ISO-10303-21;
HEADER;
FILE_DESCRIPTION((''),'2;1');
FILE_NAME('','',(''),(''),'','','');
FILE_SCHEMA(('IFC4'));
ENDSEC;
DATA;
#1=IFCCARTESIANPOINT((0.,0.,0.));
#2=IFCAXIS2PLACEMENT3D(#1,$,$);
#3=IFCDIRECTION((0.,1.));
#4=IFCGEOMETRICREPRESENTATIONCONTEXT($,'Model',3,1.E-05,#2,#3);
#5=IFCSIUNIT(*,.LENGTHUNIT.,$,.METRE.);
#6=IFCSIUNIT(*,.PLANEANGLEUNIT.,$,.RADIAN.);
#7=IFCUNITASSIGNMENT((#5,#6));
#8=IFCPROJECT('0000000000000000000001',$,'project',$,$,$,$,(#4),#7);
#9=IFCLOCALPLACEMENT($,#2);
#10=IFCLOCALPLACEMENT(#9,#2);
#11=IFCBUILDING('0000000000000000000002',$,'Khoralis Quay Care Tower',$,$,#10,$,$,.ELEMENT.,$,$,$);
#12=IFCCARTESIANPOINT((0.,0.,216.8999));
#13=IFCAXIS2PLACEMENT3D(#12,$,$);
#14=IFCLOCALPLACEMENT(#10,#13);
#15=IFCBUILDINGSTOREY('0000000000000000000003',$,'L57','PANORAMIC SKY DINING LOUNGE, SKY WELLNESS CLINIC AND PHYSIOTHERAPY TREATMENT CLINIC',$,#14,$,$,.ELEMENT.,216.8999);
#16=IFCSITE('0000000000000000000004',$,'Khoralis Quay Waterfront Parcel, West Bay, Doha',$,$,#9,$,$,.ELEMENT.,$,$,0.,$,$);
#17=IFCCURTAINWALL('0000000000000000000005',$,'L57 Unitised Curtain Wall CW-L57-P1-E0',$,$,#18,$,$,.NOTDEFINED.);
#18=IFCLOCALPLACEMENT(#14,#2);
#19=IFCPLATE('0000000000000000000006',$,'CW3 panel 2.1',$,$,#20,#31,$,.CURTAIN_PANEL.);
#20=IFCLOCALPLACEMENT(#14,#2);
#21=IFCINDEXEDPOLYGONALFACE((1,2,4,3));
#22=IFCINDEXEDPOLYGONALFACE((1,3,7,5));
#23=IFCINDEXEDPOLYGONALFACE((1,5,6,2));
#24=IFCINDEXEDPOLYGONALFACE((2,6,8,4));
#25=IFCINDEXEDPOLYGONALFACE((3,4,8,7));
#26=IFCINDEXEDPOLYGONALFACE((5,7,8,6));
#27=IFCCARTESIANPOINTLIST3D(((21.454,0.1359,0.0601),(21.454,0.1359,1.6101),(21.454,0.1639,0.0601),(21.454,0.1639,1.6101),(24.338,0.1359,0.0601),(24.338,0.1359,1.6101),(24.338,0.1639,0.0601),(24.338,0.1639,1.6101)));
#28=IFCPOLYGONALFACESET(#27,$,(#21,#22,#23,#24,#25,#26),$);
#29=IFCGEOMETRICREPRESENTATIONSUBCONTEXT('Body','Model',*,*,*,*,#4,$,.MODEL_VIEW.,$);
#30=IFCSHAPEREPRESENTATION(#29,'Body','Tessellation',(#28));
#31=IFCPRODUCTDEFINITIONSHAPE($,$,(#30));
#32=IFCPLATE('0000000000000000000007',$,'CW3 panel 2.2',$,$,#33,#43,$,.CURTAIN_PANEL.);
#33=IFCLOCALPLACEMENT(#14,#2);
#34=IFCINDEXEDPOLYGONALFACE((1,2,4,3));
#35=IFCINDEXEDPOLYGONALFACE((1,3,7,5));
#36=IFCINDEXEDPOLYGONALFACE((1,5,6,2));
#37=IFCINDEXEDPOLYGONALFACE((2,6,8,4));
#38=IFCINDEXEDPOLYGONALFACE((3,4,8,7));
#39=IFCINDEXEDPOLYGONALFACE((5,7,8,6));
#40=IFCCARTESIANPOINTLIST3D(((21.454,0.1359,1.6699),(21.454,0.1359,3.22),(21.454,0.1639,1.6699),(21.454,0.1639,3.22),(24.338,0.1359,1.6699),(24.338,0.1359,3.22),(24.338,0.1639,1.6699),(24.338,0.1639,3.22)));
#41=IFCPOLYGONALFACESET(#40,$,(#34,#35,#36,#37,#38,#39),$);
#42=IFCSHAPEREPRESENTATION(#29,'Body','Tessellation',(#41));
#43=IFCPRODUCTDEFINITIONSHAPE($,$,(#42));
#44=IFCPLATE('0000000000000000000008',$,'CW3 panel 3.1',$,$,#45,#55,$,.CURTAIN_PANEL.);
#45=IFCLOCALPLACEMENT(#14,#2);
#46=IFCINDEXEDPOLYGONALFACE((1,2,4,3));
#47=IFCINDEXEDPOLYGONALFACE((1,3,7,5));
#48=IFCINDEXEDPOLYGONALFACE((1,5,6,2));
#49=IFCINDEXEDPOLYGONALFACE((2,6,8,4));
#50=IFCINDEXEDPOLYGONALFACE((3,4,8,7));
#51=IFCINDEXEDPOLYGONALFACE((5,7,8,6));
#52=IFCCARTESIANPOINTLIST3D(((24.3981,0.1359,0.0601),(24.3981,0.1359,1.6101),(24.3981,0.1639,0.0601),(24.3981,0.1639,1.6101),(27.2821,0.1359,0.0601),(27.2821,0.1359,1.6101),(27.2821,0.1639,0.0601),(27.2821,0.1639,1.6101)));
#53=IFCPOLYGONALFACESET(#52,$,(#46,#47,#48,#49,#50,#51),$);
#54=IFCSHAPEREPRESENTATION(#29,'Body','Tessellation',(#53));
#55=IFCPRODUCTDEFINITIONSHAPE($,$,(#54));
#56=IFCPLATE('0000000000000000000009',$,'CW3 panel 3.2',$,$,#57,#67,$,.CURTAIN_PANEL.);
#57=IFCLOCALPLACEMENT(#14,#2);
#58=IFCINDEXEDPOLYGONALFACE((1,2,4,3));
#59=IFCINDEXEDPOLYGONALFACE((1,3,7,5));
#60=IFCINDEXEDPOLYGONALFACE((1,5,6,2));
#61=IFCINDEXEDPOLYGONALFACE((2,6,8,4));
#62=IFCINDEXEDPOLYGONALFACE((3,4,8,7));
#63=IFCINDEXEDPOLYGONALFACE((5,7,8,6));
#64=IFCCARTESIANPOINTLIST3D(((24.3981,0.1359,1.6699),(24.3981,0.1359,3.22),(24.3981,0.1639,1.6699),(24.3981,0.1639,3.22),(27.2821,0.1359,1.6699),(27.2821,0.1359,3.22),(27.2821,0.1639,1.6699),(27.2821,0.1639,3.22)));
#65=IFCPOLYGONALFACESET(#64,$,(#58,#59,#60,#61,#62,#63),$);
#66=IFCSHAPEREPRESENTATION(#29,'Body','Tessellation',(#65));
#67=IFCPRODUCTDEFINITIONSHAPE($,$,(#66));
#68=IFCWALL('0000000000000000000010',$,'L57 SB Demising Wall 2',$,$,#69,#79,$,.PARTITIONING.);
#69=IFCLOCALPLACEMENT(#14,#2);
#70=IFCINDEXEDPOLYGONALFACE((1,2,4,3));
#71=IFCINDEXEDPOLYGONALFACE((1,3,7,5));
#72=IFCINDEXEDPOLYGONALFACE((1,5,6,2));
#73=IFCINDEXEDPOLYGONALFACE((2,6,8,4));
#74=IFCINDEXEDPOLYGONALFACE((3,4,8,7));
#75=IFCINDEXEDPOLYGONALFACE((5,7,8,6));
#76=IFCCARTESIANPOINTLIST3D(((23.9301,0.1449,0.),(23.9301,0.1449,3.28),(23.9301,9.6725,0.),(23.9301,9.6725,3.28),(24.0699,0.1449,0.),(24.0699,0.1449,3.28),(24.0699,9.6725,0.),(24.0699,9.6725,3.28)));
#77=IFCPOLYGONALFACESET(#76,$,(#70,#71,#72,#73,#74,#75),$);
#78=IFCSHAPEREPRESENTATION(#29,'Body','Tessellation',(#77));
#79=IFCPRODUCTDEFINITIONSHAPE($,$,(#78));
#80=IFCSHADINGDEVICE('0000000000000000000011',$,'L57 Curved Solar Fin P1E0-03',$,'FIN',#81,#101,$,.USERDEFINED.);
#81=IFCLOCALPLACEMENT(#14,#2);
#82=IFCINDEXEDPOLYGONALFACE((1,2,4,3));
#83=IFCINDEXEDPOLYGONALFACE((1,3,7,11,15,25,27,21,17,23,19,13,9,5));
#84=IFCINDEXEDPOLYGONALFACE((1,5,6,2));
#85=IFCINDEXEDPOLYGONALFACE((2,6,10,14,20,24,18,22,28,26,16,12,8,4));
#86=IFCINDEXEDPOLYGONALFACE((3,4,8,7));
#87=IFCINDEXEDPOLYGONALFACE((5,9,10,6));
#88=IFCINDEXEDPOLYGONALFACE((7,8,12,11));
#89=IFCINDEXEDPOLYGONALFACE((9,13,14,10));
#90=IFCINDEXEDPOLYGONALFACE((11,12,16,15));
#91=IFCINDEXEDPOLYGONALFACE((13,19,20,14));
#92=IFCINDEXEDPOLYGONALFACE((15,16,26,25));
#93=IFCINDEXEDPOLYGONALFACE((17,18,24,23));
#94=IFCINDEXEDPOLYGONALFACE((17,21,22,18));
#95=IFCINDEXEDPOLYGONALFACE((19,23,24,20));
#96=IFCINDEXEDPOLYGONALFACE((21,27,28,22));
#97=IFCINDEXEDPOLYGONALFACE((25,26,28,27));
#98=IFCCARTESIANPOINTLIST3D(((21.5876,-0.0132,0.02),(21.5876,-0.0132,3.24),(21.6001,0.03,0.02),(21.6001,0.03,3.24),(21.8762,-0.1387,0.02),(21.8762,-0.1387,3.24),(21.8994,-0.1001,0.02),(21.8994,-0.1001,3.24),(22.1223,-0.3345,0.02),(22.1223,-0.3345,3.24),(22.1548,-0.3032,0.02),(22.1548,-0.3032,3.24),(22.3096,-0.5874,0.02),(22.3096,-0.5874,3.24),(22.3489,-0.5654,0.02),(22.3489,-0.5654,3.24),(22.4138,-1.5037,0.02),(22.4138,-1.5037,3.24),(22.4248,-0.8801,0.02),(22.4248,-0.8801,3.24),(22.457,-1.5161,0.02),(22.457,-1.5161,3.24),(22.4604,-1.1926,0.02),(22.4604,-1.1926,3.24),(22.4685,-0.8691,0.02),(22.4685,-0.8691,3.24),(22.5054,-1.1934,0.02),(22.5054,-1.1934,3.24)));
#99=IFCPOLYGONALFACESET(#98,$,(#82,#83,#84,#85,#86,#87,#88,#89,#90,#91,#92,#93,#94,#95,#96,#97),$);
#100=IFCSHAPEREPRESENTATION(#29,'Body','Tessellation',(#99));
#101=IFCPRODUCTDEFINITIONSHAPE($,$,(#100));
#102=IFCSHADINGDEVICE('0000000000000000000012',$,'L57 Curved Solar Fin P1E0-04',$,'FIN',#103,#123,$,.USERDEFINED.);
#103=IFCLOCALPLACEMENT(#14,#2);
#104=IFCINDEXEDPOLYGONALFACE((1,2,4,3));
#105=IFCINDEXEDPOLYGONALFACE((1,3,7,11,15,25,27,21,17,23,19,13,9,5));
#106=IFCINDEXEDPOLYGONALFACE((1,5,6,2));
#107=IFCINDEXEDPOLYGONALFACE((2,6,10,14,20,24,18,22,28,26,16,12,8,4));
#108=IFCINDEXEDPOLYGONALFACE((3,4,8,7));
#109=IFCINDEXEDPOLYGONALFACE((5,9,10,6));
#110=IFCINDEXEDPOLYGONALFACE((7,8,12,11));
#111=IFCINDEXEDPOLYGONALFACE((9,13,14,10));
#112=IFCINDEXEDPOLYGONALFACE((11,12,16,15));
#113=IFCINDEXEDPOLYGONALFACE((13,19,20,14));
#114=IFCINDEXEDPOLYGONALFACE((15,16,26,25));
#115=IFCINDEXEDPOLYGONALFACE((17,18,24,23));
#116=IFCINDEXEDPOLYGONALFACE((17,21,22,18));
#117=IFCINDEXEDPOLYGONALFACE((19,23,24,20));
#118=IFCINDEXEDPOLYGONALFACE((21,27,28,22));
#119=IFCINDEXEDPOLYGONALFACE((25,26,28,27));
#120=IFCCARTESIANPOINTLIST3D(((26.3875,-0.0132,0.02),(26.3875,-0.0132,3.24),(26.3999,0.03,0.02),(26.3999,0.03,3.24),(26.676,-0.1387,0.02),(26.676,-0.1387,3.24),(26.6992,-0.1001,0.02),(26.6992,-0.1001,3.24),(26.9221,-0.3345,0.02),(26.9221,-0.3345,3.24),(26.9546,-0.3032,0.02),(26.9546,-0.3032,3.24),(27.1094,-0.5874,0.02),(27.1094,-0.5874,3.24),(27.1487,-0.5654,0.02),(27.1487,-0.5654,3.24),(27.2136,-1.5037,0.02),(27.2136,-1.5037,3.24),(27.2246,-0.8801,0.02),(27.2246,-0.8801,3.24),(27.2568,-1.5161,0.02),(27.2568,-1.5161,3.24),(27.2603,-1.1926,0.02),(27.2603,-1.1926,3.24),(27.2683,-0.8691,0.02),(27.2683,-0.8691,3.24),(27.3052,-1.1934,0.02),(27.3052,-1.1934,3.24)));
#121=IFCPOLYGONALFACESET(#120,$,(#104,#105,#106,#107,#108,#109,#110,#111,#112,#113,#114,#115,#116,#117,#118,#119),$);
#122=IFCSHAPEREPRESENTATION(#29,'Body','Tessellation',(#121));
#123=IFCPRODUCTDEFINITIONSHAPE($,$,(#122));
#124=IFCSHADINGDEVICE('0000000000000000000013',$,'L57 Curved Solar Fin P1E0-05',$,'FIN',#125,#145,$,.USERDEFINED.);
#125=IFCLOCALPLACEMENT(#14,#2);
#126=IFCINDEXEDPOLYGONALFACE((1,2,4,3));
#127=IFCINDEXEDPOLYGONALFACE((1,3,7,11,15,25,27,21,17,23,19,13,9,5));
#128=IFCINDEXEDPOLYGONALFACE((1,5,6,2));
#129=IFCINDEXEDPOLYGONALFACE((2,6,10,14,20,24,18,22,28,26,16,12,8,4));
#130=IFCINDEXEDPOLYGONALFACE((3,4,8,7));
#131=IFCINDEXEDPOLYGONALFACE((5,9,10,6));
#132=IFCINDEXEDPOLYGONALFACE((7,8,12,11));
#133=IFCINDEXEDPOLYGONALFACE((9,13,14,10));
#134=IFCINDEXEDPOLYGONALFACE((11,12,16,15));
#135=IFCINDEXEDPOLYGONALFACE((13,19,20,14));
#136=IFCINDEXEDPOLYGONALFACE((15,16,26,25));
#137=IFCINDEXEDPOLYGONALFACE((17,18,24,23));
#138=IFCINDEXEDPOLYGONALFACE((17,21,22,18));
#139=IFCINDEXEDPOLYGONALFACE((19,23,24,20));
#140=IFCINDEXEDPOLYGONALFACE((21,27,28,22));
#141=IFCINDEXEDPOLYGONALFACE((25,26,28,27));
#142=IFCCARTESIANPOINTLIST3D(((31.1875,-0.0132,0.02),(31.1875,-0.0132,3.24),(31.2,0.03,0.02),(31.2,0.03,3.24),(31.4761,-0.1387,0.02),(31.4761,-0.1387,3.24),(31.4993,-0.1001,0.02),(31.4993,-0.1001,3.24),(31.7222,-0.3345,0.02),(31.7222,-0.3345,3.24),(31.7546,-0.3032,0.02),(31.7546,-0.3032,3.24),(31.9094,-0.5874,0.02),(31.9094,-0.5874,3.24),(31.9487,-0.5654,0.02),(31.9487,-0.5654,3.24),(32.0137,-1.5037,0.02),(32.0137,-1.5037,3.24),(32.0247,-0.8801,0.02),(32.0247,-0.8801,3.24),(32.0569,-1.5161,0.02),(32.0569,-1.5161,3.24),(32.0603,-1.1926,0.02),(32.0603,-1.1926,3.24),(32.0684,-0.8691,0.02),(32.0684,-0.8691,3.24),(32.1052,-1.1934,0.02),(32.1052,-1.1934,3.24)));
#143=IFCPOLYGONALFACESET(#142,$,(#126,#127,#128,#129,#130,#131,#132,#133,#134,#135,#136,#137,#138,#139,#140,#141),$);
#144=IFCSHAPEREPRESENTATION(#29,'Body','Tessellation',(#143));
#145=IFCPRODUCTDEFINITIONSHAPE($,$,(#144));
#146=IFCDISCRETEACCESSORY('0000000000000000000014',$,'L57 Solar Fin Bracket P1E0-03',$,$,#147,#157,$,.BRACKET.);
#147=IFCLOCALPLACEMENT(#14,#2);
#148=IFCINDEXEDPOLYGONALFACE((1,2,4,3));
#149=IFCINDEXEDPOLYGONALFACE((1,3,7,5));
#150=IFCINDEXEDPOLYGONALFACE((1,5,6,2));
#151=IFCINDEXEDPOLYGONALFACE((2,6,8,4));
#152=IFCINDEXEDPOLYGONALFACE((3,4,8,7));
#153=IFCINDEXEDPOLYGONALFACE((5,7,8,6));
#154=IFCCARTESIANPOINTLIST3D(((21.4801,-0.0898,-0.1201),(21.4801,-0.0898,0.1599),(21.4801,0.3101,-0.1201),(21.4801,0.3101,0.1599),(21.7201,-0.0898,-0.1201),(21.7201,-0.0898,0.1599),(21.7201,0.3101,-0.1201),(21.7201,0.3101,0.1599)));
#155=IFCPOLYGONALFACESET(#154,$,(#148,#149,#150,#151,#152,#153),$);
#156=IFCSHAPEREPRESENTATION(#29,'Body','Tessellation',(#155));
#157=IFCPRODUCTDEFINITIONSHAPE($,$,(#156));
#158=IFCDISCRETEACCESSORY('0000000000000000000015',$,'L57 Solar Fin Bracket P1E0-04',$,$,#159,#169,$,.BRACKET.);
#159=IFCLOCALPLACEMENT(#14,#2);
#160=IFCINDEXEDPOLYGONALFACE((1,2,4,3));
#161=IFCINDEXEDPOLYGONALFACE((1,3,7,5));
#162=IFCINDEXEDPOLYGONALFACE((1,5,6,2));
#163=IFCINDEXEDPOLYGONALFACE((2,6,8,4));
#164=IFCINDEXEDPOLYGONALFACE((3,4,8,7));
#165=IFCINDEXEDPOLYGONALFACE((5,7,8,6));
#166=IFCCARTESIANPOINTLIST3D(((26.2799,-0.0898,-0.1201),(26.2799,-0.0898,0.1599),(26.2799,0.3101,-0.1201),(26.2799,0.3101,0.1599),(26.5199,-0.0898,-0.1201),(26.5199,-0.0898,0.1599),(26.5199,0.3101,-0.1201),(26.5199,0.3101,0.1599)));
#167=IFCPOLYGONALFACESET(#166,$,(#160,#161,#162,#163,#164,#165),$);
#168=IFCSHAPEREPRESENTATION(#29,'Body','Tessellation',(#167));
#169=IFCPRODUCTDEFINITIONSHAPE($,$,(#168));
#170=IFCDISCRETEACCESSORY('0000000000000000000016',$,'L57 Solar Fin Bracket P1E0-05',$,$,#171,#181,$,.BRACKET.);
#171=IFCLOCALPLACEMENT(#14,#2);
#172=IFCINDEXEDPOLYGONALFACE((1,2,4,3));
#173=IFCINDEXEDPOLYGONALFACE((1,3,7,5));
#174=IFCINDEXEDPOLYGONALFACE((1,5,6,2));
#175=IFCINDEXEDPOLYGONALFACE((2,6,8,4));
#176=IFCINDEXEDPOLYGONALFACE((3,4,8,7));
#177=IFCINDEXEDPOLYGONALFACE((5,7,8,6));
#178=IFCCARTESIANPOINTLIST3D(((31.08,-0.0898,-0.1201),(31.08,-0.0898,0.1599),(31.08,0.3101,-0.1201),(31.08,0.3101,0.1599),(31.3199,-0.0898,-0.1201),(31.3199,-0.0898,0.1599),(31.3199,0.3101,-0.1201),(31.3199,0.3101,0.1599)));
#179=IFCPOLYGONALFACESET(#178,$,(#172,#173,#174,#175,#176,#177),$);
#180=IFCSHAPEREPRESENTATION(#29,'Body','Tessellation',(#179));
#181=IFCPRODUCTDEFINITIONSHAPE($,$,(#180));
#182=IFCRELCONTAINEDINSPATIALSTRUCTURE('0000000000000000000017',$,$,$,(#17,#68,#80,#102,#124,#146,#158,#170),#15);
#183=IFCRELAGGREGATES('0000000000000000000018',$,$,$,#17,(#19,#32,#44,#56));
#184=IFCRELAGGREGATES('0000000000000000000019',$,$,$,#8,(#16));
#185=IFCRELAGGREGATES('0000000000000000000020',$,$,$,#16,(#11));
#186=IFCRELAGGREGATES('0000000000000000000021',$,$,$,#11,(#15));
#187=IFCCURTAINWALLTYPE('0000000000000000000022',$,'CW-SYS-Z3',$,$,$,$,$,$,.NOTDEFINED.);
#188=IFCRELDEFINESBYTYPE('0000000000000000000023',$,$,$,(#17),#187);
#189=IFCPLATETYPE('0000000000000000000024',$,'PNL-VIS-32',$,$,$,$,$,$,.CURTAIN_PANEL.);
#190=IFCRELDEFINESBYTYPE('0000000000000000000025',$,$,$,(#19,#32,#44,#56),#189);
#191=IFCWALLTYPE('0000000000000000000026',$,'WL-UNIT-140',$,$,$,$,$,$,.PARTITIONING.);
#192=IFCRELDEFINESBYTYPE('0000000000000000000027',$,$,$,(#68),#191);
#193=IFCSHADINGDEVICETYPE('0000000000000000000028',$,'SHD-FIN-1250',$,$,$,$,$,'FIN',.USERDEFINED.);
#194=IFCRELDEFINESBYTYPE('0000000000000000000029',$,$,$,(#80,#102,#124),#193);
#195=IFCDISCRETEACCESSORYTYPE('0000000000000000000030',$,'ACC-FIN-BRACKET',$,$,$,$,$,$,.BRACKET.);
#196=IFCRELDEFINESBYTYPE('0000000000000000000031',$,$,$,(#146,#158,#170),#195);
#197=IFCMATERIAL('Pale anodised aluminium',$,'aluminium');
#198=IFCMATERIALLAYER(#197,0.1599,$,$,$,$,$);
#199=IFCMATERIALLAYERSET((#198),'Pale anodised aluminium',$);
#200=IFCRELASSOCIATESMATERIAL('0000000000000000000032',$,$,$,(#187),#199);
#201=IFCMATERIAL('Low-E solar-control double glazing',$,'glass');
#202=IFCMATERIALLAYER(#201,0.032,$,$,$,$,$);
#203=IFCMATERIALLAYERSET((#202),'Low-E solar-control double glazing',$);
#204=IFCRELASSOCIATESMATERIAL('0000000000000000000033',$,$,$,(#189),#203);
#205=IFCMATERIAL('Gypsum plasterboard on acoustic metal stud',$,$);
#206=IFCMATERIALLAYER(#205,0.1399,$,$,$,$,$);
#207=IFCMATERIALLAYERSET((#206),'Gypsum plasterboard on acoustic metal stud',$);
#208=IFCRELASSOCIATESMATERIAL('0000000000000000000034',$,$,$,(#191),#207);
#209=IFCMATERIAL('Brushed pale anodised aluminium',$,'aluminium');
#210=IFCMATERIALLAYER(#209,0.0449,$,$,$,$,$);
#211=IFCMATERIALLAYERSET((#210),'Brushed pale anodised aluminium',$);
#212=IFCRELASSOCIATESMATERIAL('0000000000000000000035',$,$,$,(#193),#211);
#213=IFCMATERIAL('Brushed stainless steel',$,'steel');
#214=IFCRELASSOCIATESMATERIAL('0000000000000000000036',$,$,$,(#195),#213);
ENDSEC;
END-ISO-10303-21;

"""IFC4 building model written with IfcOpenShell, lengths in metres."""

from ifc_helpers import new_model, si_unit, direction, frame, frame_2d, origin, origin_2d, place, context, subcontext, project, spatial, polyline, rectangle, outline, extrude, source, transform, mapped, material, layer, layer_set, type_object, element, aggregate, save


model = new_model("IFC4")

# Units and contexts
model_context = context("Model", 3, precision=1e-05, world=origin(), true_north=direction((0.0, 1.0)))
body_context = subcontext(model_context, "Body", "Model", "MODEL_VIEW")
ifc_project = project(units=[si_unit("LENGTHUNIT", "METRE"), si_unit("PLANEANGLEUNIT", "RADIAN")], contexts=[model_context])

# Site, building, storey
site_placement = place(None, origin())
site = spatial("IfcSite", under=ifc_project, at=site_placement, Name="Khoralis Quay Waterfront Parcel, West Bay, Doha", CompositionType="ELEMENT", RefElevation=0.0)
building_placement = place(site_placement, origin())
building = spatial("IfcBuilding", under=site, at=building_placement, Name="Khoralis Quay Care Tower", CompositionType="ELEMENT")
storey_placement = place(building_placement, frame((0.0, 0.0, 216.8999)))
storey = spatial("IfcBuildingStorey", under=building, at=storey_placement, Name="L57", Description="PANORAMIC SKY DINING LOUNGE, SKY WELLNESS CLINIC AND PHYSIOTHERAPY TREATMENT CLINIC", CompositionType="ELEMENT", Elevation=216.8999)

# Curtain wall, plates
ifc_material_1 = material(Name="Pale anodised aluminium", Category="aluminium")
ifc_layer_1 = layer(ifc_material_1, 0.1599)
ifc_layer_set_1 = layer_set([ifc_layer_1], Name="Pale anodised aluminium")
curtain_wall_type = type_object("IfcCurtainWallType", Name="CW-SYS-Z3", PredefinedType="NOTDEFINED", material=ifc_layer_set_1)
curtain_wall_placement = place(storey_placement, origin())
curtain_wall = element("IfcCurtainWall", 1, at=curtain_wall_placement, inside=storey, type_object=curtain_wall_type, Name="L57 Unitised Curtain Wall CW-L57-P1-E0", PredefinedType="NOTDEFINED")
ifc_material_2 = material(Name="Low-E solar-control double glazing", Category="glass")
ifc_layer_2 = layer(ifc_material_2, 0.032)
ifc_layer_set_2 = layer_set([ifc_layer_2], Name="Low-E solar-control double glazing")
plate_type = type_object("IfcPlateType", Name="PNL-VIS-32", PredefinedType="CURTAIN_PANEL", material=ifc_layer_set_2)
shared_shape_1 = source(origin(), body_context, "Body", "SweptSolid", [
    extrude(rectangle(XDim=2.884, YDim=0.0281, at=origin_2d()), origin(), (0.0, 0.0, 1.0), 1.55),
])
plate_1_placement = place(storey_placement, frame((22.896, 0.1499, 0.0601), z_axis=(0.0, 0.0, 1.0), x_axis=(1.0, 0.0, 0.0)))
plate_1 = element("IfcPlate", 2, at=plate_1_placement, type_object=plate_type, Name="CW3 panel 2.1", PredefinedType="CURTAIN_PANEL", context=body_context, shape_type="MappedRepresentation", body=[
    mapped(shared_shape_1, transform((0.0, 0.0, 0.0), scale=1.0)),
])
plate_2_placement = place(storey_placement, frame((22.896, 0.1499, 1.6699), z_axis=(0.0, 0.0, 1.0), x_axis=(1.0, 0.0, 0.0)))
plate_2 = element("IfcPlate", 3, at=plate_2_placement, type_object=plate_type, Name="CW3 panel 2.2", PredefinedType="CURTAIN_PANEL", context=body_context, shape_type="MappedRepresentation", body=[
    mapped(shared_shape_1, transform((0.0, 0.0, 0.0), scale=1.0)),
])
plate_3_placement = place(storey_placement, frame((25.8401, 0.1499, 0.0601), z_axis=(0.0, 0.0, 1.0), x_axis=(1.0, 0.0, 0.0)))
plate_3 = element("IfcPlate", 4, at=plate_3_placement, type_object=plate_type, Name="CW3 panel 3.1", PredefinedType="CURTAIN_PANEL", context=body_context, shape_type="MappedRepresentation", body=[
    mapped(shared_shape_1, transform((0.0, 0.0, 0.0), scale=1.0)),
])
plate_4_placement = place(storey_placement, frame((25.8401, 0.1499, 1.6699), z_axis=(0.0, 0.0, 1.0), x_axis=(1.0, 0.0, 0.0)))
plate_4 = element("IfcPlate", 5, at=plate_4_placement, type_object=plate_type, Name="CW3 panel 3.2", PredefinedType="CURTAIN_PANEL", context=body_context, shape_type="MappedRepresentation", body=[
    mapped(shared_shape_1, transform((0.0, 0.0, 0.0), scale=1.0)),
])
aggregate(curtain_wall, [plate_1, plate_2, plate_3, plate_4])

# Wall
ifc_material_3 = material(Name="Gypsum plasterboard on acoustic metal stud")
ifc_layer_3 = layer(ifc_material_3, 0.1399)
ifc_layer_set_3 = layer_set([ifc_layer_3], Name="Gypsum plasterboard on acoustic metal stud")
wall_type = type_object("IfcWallType", Name="WL-UNIT-140", PredefinedType="PARTITIONING", material=ifc_layer_set_3)
wall_placement = place(storey_placement, frame((24.0, 0.145, 0.0), z_axis=(0.0, 0.0, 1.0), x_axis=(0.0, 1.0, 0.0)))
element("IfcWall", 6, at=wall_placement, inside=storey, type_object=wall_type, Name="L57 SB Demising Wall 2", PredefinedType="PARTITIONING", context=body_context, shape_type="SweptSolid", body=[
    extrude(rectangle(XDim=9.5276, YDim=0.1399, at=frame_2d((4.7637, 0.0))), origin(), (0.0, 0.0, 1.0), 3.28),
])

# Shading devices
ifc_material_4 = material(Name="Brushed pale anodised aluminium", Category="aluminium")
ifc_layer_4 = layer(ifc_material_4, 0.0449)
ifc_layer_set_4 = layer_set([ifc_layer_4], Name="Brushed pale anodised aluminium")
shading_device_type = type_object("IfcShadingDeviceType", Name="SHD-FIN-1250", ElementType="FIN", PredefinedType="USERDEFINED", material=ifc_layer_set_4)
shared_shape_2 = source(origin(), body_context, "Body", "SweptSolid", [
    extrude(outline(polyline([(0.0, 0.0), (0.1301, 0.2993), (0.3333, 0.5547), (0.5955, 0.7488), (0.8992, 0.8684), (1.2234, 0.9053), (1.5461, 0.8569), (1.5337, 0.8137), (1.2227, 0.8604), (0.9102, 0.8247), (0.6174, 0.7095), (0.3645, 0.5222), (0.1687, 0.2761), (0.0432, -0.0125), (0.0, 0.0)])), origin(), (0.0, 0.0, 1.0), 3.22),
])
for number, where, z_axis, x_axis, name in (
    (7, (21.6001, 0.03, 0.02), (0.0, 0.0, 1.0), (0.0, -1.0, 0.0), "L57 Curved Solar Fin P1E0-03"),
    (8, (26.3999, 0.03, 0.02), (0.0, 0.0, 1.0), (0.0, -1.0, 0.0), "L57 Curved Solar Fin P1E0-04"),
    (9, (31.2, 0.03, 0.02), (0.0, 0.0, 1.0), (0.0, -1.0, 0.0), "L57 Curved Solar Fin P1E0-05"),
):
    element("IfcShadingDevice", number, at=place(storey_placement, frame(where, z_axis=z_axis, x_axis=x_axis)), inside=storey, type_object=shading_device_type, Name=name, ObjectType="FIN", PredefinedType="USERDEFINED", context=body_context, shape_type="MappedRepresentation", body=[
        mapped(shared_shape_2, transform((0.0, 0.0, 0.0), scale=1.0)),
    ])

# Discrete accessories
ifc_material_5 = material(Name="Brushed stainless steel", Category="steel")
discrete_accessory_type = type_object("IfcDiscreteAccessoryType", Name="ACC-FIN-BRACKET", PredefinedType="BRACKET", material=ifc_material_5)
shared_shape_3 = source(origin(), body_context, "Body", "SweptSolid", [
    extrude(rectangle(XDim=0.3999, YDim=0.24, at=origin_2d()), origin(), (0.0, 0.0, 1.0), 0.28),
])
for number, where, z_axis, x_axis, name in (
    (10, (21.6001, 0.1101, -0.1201), (0.0, 0.0, 1.0), (0.0, -1.0, 0.0), "L57 Solar Fin Bracket P1E0-03"),
    (11, (26.3999, 0.1101, -0.1201), (0.0, 0.0, 1.0), (0.0, -1.0, 0.0), "L57 Solar Fin Bracket P1E0-04"),
    (12, (31.2, 0.1101, -0.1201), (0.0, 0.0, 1.0), (0.0, -1.0, 0.0), "L57 Solar Fin Bracket P1E0-05"),
):
    element("IfcDiscreteAccessory", number, at=place(storey_placement, frame(where, z_axis=z_axis, x_axis=x_axis)), inside=storey, type_object=discrete_accessory_type, Name=name, PredefinedType="BRACKET", context=body_context, shape_type="MappedRepresentation", body=[
        mapped(shared_shape_3, transform((0.0, 0.0, 0.0), scale=1.0)),
    ])

save(model, "model.ifc")
